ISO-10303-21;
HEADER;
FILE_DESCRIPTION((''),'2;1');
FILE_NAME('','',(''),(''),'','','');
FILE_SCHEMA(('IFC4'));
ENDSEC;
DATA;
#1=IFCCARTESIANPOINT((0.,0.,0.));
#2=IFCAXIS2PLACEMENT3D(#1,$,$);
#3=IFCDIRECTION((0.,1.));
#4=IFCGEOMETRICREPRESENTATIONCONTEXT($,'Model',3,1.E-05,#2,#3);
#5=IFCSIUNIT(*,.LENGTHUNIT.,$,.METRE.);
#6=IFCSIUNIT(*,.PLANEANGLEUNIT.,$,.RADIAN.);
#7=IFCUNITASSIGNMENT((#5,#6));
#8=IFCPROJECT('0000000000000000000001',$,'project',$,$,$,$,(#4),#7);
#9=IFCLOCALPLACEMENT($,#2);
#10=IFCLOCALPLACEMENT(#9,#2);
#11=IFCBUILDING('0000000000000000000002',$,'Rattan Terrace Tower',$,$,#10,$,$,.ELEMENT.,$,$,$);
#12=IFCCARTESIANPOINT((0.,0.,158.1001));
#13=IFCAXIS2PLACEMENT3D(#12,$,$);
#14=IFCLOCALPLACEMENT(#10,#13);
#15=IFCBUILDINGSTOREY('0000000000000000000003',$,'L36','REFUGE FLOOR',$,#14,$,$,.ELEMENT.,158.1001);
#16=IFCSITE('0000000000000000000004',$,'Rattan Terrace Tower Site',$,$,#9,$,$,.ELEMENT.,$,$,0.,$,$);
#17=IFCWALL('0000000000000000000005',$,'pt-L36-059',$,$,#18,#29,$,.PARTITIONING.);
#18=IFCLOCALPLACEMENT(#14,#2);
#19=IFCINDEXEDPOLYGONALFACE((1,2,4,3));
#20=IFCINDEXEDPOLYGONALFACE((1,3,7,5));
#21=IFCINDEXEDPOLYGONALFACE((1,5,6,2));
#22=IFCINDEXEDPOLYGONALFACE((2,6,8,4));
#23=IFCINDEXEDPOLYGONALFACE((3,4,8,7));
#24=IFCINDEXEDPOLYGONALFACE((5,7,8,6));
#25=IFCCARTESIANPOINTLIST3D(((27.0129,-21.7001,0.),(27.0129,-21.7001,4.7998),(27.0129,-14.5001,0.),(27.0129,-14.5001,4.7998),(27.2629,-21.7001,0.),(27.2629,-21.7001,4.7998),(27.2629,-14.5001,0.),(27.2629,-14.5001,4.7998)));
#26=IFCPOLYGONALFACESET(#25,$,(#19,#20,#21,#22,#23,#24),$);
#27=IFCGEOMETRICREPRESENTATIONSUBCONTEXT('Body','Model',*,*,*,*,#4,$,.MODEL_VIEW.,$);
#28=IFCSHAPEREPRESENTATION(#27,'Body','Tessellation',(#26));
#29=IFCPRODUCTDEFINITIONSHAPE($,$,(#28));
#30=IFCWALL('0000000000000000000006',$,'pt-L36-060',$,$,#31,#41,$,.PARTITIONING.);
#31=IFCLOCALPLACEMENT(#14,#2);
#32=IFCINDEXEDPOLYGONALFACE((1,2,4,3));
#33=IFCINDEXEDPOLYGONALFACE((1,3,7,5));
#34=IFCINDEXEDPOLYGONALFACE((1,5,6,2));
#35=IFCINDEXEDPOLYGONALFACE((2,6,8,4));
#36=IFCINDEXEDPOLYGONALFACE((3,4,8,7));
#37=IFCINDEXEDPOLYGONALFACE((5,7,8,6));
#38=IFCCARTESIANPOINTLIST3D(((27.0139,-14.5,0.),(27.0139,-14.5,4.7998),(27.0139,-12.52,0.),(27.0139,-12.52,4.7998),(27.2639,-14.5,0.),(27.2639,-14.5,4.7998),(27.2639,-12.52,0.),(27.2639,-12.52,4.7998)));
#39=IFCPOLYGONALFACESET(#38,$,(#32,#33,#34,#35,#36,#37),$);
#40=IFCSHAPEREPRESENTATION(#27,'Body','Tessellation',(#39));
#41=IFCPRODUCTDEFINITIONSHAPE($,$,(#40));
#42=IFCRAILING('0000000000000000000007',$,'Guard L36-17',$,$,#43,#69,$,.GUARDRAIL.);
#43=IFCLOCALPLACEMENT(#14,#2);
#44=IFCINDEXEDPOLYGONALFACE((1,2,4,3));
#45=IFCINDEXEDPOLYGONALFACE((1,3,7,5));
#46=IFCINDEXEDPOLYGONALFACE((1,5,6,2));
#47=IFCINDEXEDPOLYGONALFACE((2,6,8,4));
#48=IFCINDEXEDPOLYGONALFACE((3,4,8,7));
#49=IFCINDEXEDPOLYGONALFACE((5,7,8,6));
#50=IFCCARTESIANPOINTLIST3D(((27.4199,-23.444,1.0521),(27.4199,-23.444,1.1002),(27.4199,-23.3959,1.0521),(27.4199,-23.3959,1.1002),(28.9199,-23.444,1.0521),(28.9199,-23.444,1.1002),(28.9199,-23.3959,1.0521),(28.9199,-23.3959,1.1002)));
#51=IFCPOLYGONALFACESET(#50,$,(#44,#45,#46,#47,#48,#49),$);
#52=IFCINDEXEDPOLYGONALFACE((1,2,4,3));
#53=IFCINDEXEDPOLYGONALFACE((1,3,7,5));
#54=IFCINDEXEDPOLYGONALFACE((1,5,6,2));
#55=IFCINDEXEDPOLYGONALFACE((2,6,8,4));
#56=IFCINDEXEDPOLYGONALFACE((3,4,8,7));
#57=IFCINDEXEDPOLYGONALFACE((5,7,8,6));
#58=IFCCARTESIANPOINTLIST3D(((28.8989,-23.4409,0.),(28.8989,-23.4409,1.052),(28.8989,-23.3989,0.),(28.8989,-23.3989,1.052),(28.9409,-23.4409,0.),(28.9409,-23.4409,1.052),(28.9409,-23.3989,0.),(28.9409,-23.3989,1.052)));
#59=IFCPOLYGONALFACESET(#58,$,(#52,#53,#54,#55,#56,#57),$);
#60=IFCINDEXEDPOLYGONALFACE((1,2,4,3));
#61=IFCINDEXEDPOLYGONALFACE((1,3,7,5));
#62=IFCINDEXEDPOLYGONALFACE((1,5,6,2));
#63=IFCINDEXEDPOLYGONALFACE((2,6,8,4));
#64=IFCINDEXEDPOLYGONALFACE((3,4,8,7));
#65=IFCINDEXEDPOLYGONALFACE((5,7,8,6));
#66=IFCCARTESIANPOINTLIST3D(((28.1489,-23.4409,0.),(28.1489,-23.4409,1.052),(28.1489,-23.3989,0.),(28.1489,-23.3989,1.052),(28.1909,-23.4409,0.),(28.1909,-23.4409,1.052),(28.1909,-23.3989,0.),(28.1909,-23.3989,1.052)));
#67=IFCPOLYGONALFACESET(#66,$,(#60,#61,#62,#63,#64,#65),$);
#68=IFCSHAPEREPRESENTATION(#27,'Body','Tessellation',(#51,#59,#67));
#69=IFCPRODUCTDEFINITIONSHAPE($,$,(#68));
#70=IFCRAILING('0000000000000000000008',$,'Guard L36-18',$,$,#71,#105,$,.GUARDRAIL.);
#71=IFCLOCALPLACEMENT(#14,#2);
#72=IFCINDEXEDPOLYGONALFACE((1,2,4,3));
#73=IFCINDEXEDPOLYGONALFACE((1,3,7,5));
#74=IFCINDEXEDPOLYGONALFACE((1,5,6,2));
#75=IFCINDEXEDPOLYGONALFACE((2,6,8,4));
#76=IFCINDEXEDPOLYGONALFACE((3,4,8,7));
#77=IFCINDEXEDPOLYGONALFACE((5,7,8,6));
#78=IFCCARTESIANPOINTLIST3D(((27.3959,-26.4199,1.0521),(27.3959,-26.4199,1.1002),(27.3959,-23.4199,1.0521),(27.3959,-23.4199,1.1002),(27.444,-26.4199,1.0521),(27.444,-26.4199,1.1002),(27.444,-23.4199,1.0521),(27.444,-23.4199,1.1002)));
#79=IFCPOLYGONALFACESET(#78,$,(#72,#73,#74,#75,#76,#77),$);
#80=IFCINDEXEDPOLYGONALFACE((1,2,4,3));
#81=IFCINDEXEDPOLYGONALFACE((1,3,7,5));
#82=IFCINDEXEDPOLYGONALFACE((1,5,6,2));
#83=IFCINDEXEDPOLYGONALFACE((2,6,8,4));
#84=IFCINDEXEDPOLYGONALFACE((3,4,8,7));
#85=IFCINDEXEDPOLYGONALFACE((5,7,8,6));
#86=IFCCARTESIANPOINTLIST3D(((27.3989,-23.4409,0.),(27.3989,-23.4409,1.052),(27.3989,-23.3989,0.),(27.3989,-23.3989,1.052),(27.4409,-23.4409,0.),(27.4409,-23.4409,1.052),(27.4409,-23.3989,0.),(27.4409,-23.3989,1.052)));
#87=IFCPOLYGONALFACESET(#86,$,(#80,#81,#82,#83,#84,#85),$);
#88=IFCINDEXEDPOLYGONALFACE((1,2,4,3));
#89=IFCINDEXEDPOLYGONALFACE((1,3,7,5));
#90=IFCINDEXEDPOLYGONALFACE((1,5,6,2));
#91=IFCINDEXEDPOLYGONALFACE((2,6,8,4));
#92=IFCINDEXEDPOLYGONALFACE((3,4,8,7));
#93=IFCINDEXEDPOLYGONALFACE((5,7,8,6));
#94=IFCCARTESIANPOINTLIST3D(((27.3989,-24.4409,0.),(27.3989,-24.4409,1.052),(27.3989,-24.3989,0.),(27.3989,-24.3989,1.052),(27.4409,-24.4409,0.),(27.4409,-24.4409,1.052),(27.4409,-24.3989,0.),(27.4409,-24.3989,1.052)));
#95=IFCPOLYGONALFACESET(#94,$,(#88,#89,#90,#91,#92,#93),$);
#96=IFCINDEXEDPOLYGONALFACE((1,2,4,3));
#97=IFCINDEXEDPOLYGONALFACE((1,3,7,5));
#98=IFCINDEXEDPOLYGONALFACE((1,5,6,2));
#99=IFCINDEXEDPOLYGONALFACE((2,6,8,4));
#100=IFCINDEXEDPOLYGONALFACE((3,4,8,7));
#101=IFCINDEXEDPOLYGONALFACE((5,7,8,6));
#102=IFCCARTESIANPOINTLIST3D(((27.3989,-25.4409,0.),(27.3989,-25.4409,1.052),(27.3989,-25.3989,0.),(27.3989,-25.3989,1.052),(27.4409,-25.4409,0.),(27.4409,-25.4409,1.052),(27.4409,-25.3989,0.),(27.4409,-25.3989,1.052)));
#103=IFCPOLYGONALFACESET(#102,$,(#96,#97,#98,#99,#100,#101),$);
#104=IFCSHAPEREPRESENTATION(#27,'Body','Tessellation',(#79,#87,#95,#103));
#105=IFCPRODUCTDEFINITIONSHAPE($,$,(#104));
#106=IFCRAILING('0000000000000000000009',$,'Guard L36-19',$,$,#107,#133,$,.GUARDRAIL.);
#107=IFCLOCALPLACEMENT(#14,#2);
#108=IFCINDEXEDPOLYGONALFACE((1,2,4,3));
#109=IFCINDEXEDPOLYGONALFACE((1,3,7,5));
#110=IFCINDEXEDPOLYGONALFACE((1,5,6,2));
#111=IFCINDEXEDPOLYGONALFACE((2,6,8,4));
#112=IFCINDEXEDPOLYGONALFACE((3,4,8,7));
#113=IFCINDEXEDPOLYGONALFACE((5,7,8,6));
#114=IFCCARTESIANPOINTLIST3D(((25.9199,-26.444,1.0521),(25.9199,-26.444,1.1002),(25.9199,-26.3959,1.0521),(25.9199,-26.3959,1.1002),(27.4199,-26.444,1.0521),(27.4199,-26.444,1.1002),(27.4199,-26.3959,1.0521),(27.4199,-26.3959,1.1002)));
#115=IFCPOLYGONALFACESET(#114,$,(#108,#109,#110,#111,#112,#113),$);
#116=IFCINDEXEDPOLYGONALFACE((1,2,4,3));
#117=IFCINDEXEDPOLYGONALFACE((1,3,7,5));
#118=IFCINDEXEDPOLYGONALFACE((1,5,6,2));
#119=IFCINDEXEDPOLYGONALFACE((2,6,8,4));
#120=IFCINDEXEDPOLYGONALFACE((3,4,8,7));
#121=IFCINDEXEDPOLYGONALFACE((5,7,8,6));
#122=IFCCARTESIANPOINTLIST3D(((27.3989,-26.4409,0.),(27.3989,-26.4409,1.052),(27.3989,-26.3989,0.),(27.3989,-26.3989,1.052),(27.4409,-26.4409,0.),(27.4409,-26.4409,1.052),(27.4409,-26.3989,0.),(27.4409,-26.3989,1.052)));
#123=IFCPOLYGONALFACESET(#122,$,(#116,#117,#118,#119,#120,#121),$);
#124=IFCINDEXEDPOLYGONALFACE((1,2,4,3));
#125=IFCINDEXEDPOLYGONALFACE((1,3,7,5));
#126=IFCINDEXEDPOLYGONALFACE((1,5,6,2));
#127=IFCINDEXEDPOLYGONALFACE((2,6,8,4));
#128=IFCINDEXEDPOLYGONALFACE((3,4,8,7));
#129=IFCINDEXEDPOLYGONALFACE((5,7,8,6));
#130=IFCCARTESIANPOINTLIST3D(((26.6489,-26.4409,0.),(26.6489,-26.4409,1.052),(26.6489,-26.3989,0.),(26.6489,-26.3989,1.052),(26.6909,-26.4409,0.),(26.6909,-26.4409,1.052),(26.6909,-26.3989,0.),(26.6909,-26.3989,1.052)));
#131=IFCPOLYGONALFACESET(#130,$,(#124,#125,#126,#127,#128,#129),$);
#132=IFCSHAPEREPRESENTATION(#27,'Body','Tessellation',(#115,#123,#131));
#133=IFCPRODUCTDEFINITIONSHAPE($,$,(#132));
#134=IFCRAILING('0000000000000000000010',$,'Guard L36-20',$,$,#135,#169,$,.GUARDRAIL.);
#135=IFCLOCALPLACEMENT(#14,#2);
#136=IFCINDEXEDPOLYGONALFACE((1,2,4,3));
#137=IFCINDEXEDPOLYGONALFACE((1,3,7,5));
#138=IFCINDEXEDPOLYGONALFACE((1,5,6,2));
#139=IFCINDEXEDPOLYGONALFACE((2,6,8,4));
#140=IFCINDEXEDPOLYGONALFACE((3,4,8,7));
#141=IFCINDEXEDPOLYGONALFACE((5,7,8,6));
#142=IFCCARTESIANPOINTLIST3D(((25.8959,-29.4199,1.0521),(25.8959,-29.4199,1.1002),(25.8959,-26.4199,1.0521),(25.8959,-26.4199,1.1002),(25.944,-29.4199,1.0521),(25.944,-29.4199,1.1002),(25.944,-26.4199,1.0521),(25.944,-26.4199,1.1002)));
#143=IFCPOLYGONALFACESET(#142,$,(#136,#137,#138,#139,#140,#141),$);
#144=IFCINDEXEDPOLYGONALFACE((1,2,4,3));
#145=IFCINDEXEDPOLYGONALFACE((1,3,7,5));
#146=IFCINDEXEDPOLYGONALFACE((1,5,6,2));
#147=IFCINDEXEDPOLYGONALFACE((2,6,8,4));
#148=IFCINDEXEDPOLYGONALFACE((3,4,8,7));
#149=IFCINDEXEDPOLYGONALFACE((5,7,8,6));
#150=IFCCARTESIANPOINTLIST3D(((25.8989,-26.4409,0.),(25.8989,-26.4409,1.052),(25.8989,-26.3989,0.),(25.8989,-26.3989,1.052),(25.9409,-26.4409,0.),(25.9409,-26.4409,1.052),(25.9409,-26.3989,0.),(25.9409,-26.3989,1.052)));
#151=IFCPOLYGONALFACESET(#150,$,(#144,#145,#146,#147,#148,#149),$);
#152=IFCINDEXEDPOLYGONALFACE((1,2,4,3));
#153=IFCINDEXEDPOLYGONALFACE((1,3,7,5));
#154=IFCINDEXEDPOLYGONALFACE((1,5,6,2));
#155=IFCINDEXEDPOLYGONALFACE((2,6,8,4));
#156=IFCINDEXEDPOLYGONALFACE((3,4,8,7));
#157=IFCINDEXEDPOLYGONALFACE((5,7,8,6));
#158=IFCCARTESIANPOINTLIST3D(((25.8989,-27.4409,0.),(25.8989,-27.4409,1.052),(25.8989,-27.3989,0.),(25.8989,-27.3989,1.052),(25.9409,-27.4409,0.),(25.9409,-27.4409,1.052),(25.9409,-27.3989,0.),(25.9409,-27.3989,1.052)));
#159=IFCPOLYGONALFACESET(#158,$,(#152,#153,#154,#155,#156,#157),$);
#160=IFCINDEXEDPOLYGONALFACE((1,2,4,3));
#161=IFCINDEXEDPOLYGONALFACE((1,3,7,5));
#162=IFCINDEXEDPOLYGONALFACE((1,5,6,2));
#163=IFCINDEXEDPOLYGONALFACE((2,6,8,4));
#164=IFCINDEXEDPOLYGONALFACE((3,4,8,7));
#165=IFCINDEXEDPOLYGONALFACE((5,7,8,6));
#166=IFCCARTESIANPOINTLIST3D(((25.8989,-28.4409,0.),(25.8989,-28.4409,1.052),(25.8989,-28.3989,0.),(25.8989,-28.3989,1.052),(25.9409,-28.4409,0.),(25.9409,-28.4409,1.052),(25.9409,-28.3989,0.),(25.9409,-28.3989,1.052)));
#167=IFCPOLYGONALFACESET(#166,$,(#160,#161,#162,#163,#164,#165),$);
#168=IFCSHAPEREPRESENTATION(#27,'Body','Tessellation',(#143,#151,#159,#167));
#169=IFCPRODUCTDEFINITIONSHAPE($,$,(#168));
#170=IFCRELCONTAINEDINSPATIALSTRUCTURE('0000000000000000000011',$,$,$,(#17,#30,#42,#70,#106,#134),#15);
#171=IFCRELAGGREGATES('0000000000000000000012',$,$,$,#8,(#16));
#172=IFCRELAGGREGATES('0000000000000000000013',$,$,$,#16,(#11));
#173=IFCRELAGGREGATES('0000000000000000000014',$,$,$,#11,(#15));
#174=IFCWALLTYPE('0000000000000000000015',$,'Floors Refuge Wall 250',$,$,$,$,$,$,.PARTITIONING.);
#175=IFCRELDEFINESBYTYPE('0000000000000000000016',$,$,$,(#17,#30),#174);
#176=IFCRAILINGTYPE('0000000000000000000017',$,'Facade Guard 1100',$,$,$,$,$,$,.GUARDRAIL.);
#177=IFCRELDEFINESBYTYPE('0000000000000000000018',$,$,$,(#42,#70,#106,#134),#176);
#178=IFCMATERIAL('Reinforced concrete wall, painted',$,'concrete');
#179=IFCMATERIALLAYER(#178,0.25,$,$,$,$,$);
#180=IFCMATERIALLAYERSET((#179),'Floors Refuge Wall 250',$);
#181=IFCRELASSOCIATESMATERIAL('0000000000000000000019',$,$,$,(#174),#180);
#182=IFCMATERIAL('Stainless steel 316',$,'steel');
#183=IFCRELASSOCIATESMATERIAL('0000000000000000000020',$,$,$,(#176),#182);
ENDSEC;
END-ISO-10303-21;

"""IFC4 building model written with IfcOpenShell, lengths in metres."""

from ifc_helpers import new_model, si_unit, direction, frame, frame_2d, origin, origin_2d, place, context, subcontext, project, spatial, rectangle, extrude, material, layer, layer_set, type_object, element, save


model = new_model("IFC4")

# Units and contexts
model_context = context("Model", 3, precision=1e-05, world=origin(), true_north=direction((0.0, 1.0)))
body_context = subcontext(model_context, "Body", "Model", "MODEL_VIEW")
ifc_project = project(units=[si_unit("LENGTHUNIT", "METRE"), si_unit("PLANEANGLEUNIT", "RADIAN")], contexts=[model_context])

# Site, building, storey
site_placement = place(None, origin())
site = spatial("IfcSite", under=ifc_project, at=site_placement, Name="Rattan Terrace Tower Site", CompositionType="ELEMENT", RefElevation=0.0)
building_placement = place(site_placement, origin())
building = spatial("IfcBuilding", under=site, at=building_placement, Name="Rattan Terrace Tower", CompositionType="ELEMENT")
storey_placement = place(building_placement, frame((0.0, 0.0, 158.1001)))
storey = spatial("IfcBuildingStorey", under=building, at=storey_placement, Name="L36", Description="REFUGE FLOOR", CompositionType="ELEMENT", Elevation=158.1001)

# Shared definitions
ifc_material_1 = material(Name="Reinforced concrete wall, painted", Category="concrete")
ifc_layer = layer(ifc_material_1, 0.25)
ifc_layer_set = layer_set([ifc_layer], Name="Floors Refuge Wall 250")
wall_type = type_object("IfcWallType", Name="Floors Refuge Wall 250", PredefinedType="PARTITIONING", material=ifc_layer_set)

# Walls
wall_1_placement = place(storey_placement, frame((27.1379, -14.5, 0.0), z_axis=(0.0, 0.0, 1.0), x_axis=(0.0, -1.0, 0.0)))
element("IfcWall", 1, at=wall_1_placement, inside=storey, type_object=wall_type, Name="pt-L36-059", PredefinedType="PARTITIONING", context=body_context, shape_type="SweptSolid", body=[
    extrude(rectangle(XDim=7.2, YDim=0.25, at=frame_2d((3.6001, 0.0))), origin(), (0.0, 0.0, 1.0), 4.7998),
])
wall_2_placement = place(storey_placement, frame((27.1389, -12.52, 0.0), z_axis=(0.0, 0.0, 1.0), x_axis=(0.0, -1.0, 0.0)))
element("IfcWall", 2, at=wall_2_placement, inside=storey, type_object=wall_type, Name="pt-L36-060", PredefinedType="PARTITIONING", context=body_context, shape_type="SweptSolid", body=[
    extrude(rectangle(XDim=1.98, YDim=0.25, at=frame_2d((0.99, 0.0))), origin(), (0.0, 0.0, 1.0), 4.7998),
])

# Railings
ifc_material_2 = material(Name="Stainless steel 316", Category="steel")
railing_type = type_object("IfcRailingType", Name="Facade Guard 1100", PredefinedType="GUARDRAIL", material=ifc_material_2)
railing_1_placement = place(storey_placement, frame((28.9199, -23.4199, 0.0)))
element("IfcRailing", 3, at=railing_1_placement, inside=storey, type_object=railing_type, Name="Guard L36-17", PredefinedType="GUARDRAIL", context=body_context, shape_type="SweptSolid", body=[
    extrude(rectangle(XDim=0.0481, YDim=0.0481, at=origin_2d()), frame((0.0, 0.0, 1.0762), z_axis=(-1.0, 0.0, 0.0), x_axis=(0.0, -1.0, 0.0)), (0.0, 0.0, 1.0), 1.5),
    extrude(rectangle(XDim=0.042, YDim=0.042, at=origin_2d()), origin(), (0.0, 0.0, 1.0), 1.052),
    extrude(rectangle(XDim=0.042, YDim=0.042, at=origin_2d()), frame((-0.75, 0.0, 0.0)), (0.0, 0.0, 1.0), 1.052),
])
railing_2_placement = place(storey_placement, frame((27.4199, -23.4199, 0.0)))
element("IfcRailing", 4, at=railing_2_placement, inside=storey, type_object=railing_type, Name="Guard L36-18", PredefinedType="GUARDRAIL", context=body_context, shape_type="SweptSolid", body=[
    extrude(rectangle(XDim=0.0481, YDim=0.0481, at=origin_2d()), frame((0.0, 0.0, 1.0762), z_axis=(0.0, -1.0, 0.0), x_axis=(1.0, 0.0, 0.0)), (0.0, 0.0, 1.0), 3.0),
    extrude(rectangle(XDim=0.042, YDim=0.042, at=origin_2d()), origin(), (0.0, 0.0, 1.0), 1.052),
    extrude(rectangle(XDim=0.042, YDim=0.042, at=origin_2d()), frame((0.0, -1.0, 0.0)), (0.0, 0.0, 1.0), 1.052),
    extrude(rectangle(XDim=0.042, YDim=0.042, at=origin_2d()), frame((0.0, -2.0, 0.0)), (0.0, 0.0, 1.0), 1.052),
])
railing_3_placement = place(storey_placement, frame((27.4199, -26.4199, 0.0)))
element("IfcRailing", 5, at=railing_3_placement, inside=storey, type_object=railing_type, Name="Guard L36-19", PredefinedType="GUARDRAIL", context=body_context, shape_type="SweptSolid", body=[
    extrude(rectangle(XDim=0.0481, YDim=0.0481, at=origin_2d()), frame((0.0, 0.0, 1.0762), z_axis=(-1.0, 0.0, 0.0), x_axis=(0.0, -1.0, 0.0)), (0.0, 0.0, 1.0), 1.5),
    extrude(rectangle(XDim=0.042, YDim=0.042, at=origin_2d()), origin(), (0.0, 0.0, 1.0), 1.052),
    extrude(rectangle(XDim=0.042, YDim=0.042, at=origin_2d()), frame((-0.75, 0.0, 0.0)), (0.0, 0.0, 1.0), 1.052),
])
railing_4_placement = place(storey_placement, frame((25.9199, -26.4199, 0.0)))
element("IfcRailing", 6, at=railing_4_placement, inside=storey, type_object=railing_type, Name="Guard L36-20", PredefinedType="GUARDRAIL", context=body_context, shape_type="SweptSolid", body=[
    extrude(rectangle(XDim=0.0481, YDim=0.0481, at=origin_2d()), frame((0.0, 0.0, 1.0762), z_axis=(0.0, -1.0, 0.0), x_axis=(1.0, 0.0, 0.0)), (0.0, 0.0, 1.0), 3.0),
    extrude(rectangle(XDim=0.042, YDim=0.042, at=origin_2d()), origin(), (0.0, 0.0, 1.0), 1.052),
    extrude(rectangle(XDim=0.042, YDim=0.042, at=origin_2d()), frame((0.0, -1.0, 0.0)), (0.0, 0.0, 1.0), 1.052),
    extrude(rectangle(XDim=0.042, YDim=0.042, at=origin_2d()), frame((0.0, -2.0, 0.0)), (0.0, 0.0, 1.0), 1.052),
])

save(model, "model.ifc")
